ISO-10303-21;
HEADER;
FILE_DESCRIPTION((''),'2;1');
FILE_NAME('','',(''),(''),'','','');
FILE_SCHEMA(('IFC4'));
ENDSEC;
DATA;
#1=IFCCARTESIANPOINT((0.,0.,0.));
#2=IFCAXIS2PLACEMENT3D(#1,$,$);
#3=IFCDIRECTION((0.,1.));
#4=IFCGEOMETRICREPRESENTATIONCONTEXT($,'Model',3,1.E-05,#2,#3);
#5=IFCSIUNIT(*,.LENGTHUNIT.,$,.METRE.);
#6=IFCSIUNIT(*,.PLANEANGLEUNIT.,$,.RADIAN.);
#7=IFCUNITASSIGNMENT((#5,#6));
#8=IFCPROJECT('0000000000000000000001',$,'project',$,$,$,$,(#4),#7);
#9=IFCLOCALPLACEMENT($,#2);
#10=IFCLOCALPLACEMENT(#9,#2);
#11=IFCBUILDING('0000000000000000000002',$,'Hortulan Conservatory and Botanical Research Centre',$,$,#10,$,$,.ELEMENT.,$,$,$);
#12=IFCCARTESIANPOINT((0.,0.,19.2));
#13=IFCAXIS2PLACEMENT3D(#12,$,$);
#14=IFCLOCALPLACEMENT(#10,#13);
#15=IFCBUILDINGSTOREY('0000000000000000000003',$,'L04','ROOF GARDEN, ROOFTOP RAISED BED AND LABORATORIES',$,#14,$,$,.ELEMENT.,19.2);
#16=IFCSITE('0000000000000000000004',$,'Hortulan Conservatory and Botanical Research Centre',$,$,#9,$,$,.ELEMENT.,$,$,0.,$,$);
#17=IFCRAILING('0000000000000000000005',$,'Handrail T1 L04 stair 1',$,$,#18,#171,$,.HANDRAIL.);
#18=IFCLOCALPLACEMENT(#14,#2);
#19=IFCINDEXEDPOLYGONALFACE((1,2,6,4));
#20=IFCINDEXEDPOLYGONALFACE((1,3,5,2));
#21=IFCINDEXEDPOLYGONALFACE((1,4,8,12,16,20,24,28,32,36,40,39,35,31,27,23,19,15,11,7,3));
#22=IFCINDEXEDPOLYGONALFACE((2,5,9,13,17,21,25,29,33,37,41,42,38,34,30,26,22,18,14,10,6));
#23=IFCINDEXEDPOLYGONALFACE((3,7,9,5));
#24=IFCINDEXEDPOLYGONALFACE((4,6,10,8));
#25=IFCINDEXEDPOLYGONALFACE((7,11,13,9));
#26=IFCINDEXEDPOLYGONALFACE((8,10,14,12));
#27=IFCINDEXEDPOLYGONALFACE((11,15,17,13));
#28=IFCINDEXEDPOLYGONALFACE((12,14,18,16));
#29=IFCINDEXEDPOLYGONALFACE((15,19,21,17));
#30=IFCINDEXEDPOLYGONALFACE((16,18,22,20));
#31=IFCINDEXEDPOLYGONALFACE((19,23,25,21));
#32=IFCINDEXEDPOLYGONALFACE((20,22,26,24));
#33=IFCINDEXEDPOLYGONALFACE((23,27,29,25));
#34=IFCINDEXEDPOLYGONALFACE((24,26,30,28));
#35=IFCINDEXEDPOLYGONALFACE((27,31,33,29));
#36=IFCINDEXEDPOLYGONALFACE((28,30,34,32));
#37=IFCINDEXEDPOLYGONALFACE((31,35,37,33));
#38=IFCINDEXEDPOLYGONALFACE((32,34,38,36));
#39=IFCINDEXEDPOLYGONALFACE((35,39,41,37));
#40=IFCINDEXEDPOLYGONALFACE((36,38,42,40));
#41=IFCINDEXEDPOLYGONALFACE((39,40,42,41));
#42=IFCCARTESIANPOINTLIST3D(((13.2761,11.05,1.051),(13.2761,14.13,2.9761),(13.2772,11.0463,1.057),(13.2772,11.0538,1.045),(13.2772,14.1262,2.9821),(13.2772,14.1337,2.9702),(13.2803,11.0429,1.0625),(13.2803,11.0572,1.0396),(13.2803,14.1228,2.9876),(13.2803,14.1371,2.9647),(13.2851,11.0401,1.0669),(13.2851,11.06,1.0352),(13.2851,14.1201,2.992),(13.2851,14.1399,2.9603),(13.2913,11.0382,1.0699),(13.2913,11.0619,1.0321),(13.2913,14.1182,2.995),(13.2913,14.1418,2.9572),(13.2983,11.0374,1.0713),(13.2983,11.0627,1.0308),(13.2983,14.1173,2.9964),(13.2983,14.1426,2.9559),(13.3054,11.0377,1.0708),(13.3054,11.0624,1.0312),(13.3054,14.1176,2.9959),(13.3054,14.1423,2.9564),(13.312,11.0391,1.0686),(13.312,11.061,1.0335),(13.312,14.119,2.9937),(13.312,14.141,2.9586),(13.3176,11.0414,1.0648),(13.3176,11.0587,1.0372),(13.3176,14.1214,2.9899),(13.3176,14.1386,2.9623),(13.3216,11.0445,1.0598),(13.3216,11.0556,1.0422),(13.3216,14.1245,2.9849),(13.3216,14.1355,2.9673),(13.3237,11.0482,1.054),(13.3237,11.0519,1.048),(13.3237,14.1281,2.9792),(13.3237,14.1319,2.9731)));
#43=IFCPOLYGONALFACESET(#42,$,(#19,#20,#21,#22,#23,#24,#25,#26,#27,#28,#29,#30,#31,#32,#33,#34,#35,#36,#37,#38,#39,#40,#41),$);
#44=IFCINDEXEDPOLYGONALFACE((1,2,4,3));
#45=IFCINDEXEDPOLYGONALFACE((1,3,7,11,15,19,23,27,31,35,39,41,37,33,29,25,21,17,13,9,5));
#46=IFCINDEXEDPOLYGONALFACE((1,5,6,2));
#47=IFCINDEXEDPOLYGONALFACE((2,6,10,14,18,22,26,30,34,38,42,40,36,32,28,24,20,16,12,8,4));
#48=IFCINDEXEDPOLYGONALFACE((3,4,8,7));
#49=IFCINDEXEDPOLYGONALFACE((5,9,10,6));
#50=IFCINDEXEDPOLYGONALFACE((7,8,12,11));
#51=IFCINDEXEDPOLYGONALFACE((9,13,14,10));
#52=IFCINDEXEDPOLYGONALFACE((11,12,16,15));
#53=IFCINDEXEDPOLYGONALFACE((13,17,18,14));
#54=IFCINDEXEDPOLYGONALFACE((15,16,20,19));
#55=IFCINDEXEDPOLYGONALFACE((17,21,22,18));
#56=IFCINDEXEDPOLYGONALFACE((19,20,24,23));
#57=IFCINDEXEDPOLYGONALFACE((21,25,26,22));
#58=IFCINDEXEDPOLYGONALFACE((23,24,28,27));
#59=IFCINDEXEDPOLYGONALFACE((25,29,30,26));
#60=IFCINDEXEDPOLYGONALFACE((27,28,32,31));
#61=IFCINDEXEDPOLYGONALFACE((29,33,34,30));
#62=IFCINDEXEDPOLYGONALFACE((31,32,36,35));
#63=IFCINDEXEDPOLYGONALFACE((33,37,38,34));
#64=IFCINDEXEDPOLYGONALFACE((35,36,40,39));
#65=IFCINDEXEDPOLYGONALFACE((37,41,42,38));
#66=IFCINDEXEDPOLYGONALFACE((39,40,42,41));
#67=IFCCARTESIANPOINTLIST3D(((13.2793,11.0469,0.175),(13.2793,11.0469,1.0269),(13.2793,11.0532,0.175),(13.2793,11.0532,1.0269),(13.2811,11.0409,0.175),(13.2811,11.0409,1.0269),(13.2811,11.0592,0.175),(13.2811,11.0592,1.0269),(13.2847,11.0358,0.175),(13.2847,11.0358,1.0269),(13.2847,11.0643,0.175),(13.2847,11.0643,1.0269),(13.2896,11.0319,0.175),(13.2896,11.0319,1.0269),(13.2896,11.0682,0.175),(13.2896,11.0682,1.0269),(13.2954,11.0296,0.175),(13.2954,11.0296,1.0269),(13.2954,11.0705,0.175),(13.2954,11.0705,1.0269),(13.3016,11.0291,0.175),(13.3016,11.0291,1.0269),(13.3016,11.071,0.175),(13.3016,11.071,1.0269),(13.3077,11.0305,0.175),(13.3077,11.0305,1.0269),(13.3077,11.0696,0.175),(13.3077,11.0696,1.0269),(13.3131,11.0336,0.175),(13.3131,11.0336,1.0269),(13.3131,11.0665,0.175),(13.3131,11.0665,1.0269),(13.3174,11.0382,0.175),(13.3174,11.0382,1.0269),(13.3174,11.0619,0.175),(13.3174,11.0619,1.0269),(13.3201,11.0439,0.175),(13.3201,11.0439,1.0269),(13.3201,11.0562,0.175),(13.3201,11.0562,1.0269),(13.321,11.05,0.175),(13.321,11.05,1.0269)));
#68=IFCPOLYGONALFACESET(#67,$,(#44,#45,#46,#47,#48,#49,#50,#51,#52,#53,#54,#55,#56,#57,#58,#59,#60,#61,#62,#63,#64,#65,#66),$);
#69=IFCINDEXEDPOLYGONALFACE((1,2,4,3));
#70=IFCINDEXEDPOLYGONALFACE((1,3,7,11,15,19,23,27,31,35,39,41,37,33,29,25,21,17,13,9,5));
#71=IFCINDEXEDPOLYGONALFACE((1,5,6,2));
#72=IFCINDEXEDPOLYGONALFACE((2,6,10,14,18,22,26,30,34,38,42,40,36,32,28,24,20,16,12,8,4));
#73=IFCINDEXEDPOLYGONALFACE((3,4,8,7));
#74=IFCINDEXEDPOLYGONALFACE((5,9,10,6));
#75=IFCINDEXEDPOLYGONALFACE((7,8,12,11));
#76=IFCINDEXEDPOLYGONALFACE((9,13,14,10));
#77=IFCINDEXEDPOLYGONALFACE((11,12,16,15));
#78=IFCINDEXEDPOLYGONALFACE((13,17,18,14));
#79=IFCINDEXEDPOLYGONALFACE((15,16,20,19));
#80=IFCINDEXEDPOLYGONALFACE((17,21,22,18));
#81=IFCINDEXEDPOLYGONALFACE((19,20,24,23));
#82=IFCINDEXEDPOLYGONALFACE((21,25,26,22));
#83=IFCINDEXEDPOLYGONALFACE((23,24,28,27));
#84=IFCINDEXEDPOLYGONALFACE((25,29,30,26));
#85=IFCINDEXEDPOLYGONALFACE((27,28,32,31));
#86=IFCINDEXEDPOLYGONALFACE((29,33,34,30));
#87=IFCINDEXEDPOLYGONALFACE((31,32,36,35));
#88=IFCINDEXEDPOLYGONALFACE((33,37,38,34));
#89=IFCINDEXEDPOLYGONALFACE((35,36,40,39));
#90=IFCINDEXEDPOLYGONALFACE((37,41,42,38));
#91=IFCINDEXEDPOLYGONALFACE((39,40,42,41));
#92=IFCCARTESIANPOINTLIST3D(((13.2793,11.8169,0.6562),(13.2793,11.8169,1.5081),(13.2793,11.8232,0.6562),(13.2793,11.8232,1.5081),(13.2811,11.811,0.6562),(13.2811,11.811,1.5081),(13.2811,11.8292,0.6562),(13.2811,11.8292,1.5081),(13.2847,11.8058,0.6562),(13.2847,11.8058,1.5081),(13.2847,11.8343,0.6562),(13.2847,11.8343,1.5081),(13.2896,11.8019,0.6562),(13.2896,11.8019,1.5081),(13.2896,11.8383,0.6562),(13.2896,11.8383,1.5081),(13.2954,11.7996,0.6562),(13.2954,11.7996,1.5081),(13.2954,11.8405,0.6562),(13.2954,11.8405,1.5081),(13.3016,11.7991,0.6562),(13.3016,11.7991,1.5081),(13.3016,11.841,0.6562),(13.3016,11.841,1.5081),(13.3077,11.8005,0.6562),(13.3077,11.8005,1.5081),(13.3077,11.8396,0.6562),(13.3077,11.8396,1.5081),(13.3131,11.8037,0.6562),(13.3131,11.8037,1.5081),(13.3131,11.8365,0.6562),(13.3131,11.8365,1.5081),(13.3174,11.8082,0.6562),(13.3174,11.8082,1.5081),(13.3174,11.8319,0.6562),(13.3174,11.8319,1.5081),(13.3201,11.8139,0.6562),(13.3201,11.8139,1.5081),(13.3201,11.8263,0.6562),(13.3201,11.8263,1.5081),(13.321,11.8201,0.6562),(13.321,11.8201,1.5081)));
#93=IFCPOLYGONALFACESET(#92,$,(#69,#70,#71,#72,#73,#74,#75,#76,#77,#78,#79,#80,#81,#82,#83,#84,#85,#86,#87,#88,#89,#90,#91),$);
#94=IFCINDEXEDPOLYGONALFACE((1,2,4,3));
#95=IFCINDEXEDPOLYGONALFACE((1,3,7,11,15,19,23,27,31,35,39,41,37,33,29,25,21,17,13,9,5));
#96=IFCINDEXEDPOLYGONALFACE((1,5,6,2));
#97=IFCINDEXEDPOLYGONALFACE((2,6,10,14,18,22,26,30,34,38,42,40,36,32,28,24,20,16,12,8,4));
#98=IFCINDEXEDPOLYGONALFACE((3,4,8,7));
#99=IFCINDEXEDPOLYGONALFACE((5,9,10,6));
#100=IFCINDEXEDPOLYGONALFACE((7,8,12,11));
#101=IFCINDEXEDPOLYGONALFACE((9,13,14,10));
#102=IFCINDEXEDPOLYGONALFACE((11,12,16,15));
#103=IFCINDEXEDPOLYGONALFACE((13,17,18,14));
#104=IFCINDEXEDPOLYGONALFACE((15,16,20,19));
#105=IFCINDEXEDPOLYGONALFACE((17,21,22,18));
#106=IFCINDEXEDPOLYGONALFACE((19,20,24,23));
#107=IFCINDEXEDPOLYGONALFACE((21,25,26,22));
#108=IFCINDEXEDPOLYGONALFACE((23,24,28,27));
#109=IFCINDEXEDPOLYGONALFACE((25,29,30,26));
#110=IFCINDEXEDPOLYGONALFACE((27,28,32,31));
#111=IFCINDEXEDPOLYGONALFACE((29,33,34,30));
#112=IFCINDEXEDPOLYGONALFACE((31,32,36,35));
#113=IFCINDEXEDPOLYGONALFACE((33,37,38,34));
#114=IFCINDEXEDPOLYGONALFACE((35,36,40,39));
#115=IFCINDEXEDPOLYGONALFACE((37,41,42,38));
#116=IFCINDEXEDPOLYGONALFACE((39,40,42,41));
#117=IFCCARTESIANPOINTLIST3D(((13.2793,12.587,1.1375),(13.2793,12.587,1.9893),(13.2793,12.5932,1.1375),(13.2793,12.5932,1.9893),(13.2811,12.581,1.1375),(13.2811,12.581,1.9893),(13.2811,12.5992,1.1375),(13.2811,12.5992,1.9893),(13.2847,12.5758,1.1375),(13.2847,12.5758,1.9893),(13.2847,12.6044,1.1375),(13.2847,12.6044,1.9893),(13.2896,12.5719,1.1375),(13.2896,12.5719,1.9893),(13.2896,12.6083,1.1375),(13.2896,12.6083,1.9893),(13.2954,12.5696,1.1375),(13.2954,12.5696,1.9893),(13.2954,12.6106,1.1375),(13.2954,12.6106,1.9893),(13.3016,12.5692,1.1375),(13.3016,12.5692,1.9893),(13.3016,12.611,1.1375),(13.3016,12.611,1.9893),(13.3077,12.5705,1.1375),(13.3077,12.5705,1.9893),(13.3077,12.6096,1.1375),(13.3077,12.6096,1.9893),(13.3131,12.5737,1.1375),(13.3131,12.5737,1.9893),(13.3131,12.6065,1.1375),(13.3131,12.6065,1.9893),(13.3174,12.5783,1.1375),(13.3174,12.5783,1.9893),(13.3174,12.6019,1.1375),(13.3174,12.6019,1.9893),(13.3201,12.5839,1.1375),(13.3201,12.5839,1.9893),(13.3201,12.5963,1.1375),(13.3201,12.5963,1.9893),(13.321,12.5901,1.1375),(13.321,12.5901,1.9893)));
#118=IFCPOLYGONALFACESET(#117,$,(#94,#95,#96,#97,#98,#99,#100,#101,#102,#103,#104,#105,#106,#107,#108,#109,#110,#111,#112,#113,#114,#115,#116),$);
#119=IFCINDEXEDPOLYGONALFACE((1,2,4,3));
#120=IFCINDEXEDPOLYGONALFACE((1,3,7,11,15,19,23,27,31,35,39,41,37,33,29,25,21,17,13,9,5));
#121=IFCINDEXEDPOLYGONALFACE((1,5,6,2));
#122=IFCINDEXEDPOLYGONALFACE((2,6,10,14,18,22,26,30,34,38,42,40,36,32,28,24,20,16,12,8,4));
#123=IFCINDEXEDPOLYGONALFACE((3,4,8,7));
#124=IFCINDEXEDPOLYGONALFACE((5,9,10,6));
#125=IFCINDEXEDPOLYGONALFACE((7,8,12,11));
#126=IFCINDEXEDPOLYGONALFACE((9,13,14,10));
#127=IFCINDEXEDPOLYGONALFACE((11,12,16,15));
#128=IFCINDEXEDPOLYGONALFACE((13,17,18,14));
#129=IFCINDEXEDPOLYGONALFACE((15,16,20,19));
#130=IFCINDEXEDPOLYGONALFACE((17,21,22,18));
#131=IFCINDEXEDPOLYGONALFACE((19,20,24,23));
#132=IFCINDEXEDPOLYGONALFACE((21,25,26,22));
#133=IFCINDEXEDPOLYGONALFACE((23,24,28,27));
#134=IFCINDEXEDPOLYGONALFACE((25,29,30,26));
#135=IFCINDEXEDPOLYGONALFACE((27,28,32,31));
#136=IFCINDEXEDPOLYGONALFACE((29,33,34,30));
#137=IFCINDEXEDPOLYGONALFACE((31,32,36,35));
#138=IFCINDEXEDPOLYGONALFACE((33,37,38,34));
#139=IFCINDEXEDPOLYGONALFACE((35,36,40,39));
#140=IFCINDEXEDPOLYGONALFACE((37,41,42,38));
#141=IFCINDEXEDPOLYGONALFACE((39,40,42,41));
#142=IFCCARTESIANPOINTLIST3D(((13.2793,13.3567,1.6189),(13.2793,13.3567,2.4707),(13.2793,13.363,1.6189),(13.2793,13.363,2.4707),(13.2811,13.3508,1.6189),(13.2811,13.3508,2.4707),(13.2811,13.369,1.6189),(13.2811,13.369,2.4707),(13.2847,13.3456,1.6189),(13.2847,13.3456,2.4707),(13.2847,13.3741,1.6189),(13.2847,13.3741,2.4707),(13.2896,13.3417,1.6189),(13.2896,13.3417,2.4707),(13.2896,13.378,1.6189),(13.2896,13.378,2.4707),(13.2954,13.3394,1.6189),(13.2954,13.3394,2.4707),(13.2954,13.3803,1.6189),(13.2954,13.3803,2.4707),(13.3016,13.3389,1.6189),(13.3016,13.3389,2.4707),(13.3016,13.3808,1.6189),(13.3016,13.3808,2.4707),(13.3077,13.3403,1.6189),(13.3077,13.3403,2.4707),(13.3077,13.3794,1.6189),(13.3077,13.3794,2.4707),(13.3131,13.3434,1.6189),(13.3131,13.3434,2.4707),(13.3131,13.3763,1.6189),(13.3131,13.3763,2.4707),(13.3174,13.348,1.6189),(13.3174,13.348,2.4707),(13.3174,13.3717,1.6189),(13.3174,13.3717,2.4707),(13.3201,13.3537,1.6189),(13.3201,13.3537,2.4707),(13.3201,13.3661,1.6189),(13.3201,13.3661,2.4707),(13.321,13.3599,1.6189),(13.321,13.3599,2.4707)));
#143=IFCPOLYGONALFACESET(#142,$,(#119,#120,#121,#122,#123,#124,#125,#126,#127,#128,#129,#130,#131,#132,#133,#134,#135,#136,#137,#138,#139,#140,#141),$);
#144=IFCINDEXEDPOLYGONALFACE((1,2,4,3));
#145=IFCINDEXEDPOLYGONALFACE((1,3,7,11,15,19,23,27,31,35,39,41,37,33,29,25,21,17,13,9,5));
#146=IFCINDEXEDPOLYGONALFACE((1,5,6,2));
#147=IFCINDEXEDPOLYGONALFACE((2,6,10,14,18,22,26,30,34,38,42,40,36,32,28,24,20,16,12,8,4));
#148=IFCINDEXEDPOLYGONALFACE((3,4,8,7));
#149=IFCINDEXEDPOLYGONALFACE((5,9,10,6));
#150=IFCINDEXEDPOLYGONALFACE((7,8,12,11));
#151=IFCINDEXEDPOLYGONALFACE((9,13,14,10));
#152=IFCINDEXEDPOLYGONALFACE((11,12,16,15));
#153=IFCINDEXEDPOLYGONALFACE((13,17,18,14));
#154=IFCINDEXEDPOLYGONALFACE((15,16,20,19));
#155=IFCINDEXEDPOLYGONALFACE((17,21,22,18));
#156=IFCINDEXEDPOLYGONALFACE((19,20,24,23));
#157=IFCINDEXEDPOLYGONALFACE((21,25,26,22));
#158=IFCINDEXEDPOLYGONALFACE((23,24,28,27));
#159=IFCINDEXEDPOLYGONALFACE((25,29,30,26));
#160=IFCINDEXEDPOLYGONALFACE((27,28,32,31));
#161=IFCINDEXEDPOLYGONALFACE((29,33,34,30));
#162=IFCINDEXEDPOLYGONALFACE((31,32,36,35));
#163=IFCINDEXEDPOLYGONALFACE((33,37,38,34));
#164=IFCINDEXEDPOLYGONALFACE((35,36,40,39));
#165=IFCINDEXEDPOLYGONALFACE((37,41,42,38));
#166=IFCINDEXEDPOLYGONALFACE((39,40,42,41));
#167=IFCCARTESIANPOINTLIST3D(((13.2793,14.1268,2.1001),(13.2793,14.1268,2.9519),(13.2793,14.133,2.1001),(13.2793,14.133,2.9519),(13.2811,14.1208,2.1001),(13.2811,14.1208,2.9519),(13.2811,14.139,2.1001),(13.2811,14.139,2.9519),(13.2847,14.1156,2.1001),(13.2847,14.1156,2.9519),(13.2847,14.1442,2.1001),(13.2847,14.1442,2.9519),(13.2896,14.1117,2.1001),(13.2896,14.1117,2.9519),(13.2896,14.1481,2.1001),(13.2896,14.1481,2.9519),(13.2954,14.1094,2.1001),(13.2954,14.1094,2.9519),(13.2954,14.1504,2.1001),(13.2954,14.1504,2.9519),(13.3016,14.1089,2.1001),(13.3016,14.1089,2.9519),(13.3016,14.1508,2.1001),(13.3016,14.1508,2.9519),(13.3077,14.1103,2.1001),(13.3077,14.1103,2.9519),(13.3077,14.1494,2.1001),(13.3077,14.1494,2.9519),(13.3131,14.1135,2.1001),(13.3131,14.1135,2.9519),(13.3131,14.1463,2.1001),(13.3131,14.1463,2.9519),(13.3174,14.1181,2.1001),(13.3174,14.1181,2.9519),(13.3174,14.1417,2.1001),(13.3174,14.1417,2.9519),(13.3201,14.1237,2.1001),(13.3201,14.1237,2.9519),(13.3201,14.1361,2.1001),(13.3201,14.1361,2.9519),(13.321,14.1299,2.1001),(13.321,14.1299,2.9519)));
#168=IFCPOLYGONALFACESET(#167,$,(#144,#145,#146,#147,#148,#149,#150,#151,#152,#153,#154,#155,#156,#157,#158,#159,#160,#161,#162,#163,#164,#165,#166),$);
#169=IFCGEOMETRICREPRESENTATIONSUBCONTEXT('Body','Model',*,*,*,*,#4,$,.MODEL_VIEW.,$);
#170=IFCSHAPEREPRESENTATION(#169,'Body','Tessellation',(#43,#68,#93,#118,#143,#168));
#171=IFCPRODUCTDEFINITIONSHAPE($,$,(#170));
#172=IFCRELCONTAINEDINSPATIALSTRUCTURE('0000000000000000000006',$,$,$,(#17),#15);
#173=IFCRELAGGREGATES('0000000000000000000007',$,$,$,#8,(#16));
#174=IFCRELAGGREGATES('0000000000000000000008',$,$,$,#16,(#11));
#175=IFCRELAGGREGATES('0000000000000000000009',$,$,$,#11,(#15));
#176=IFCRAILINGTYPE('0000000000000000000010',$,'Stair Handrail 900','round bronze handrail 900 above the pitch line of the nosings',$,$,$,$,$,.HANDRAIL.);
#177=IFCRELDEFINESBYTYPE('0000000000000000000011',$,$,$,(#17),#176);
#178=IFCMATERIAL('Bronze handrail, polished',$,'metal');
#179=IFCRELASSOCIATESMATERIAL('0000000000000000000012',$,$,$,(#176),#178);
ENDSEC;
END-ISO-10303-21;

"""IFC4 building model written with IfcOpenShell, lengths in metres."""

from ifc_helpers import new_model, si_unit, direction, frame, origin, origin_2d, place, context, subcontext, project, spatial, circle, extrude, material, type_object, element, save


model = new_model("IFC4")

# Units and contexts
model_context = context("Model", 3, precision=1e-05, world=origin(), true_north=direction((0.0, 1.0)))
body_context = subcontext(model_context, "Body", "Model", "MODEL_VIEW")
ifc_project = project(units=[si_unit("LENGTHUNIT", "METRE"), si_unit("PLANEANGLEUNIT", "RADIAN")], contexts=[model_context])

# Site, building, storey
site_placement = place(None, origin())
site = spatial("IfcSite", under=ifc_project, at=site_placement, Name="Hortulan Conservatory and Botanical Research Centre", CompositionType="ELEMENT", RefElevation=0.0)
building_placement = place(site_placement, origin())
building = spatial("IfcBuilding", under=site, at=building_placement, Name="Hortulan Conservatory and Botanical Research Centre", CompositionType="ELEMENT")
storey_placement = place(building_placement, frame((0.0, 0.0, 19.2)))
storey = spatial("IfcBuildingStorey", under=building, at=storey_placement, Name="L04", Description="ROOF GARDEN, ROOFTOP RAISED BED AND LABORATORIES", CompositionType="ELEMENT", Elevation=19.2)

# Railing
ifc_material_1 = material(Name="Bronze handrail, polished", Category="metal")
railing_type_1 = type_object("IfcRailingType", Name="Stair Handrail 900", Description="round bronze handrail 900 above the pitch line of the nosings", PredefinedType="HANDRAIL", material=ifc_material_1)
railing_1_placement = place(storey_placement, frame((13.3, 11.05, 0.175)))
element("IfcRailing", 1, at=railing_1_placement, inside=storey, type_object=railing_type_1, Name="Handrail T1 L04 stair 1", PredefinedType="HANDRAIL", context=body_context, shape_type="SweptSolid", body=[
    extrude(circle(Radius=0.0239, at=origin_2d()), frame((0.0, 0.0, 0.876), z_axis=(0.0, 0.847979, 0.530029), x_axis=(-1.0, 0.0, 0.0)), (0.0, 0.0, 1.0), 3.6321),
    extrude(circle(Radius=0.021, at=origin_2d()), origin(), (0.0, 0.0, 1.0), 0.8518),
    extrude(circle(Radius=0.021, at=origin_2d()), frame((0.0, 0.77, 0.4812)), (0.0, 0.0, 1.0), 0.8518),
    extrude(circle(Radius=0.021, at=origin_2d()), frame((0.0, 1.54, 0.9624)), (0.0, 0.0, 1.0), 0.8518),
    extrude(circle(Radius=0.021, at=origin_2d()), frame((0.0, 2.3098, 1.4438)), (0.0, 0.0, 1.0), 0.8518),
    extrude(circle(Radius=0.021, at=origin_2d()), frame((0.0, 3.0798, 1.925)), (0.0, 0.0, 1.0), 0.8518),
])

save(model, "model.ifc")
